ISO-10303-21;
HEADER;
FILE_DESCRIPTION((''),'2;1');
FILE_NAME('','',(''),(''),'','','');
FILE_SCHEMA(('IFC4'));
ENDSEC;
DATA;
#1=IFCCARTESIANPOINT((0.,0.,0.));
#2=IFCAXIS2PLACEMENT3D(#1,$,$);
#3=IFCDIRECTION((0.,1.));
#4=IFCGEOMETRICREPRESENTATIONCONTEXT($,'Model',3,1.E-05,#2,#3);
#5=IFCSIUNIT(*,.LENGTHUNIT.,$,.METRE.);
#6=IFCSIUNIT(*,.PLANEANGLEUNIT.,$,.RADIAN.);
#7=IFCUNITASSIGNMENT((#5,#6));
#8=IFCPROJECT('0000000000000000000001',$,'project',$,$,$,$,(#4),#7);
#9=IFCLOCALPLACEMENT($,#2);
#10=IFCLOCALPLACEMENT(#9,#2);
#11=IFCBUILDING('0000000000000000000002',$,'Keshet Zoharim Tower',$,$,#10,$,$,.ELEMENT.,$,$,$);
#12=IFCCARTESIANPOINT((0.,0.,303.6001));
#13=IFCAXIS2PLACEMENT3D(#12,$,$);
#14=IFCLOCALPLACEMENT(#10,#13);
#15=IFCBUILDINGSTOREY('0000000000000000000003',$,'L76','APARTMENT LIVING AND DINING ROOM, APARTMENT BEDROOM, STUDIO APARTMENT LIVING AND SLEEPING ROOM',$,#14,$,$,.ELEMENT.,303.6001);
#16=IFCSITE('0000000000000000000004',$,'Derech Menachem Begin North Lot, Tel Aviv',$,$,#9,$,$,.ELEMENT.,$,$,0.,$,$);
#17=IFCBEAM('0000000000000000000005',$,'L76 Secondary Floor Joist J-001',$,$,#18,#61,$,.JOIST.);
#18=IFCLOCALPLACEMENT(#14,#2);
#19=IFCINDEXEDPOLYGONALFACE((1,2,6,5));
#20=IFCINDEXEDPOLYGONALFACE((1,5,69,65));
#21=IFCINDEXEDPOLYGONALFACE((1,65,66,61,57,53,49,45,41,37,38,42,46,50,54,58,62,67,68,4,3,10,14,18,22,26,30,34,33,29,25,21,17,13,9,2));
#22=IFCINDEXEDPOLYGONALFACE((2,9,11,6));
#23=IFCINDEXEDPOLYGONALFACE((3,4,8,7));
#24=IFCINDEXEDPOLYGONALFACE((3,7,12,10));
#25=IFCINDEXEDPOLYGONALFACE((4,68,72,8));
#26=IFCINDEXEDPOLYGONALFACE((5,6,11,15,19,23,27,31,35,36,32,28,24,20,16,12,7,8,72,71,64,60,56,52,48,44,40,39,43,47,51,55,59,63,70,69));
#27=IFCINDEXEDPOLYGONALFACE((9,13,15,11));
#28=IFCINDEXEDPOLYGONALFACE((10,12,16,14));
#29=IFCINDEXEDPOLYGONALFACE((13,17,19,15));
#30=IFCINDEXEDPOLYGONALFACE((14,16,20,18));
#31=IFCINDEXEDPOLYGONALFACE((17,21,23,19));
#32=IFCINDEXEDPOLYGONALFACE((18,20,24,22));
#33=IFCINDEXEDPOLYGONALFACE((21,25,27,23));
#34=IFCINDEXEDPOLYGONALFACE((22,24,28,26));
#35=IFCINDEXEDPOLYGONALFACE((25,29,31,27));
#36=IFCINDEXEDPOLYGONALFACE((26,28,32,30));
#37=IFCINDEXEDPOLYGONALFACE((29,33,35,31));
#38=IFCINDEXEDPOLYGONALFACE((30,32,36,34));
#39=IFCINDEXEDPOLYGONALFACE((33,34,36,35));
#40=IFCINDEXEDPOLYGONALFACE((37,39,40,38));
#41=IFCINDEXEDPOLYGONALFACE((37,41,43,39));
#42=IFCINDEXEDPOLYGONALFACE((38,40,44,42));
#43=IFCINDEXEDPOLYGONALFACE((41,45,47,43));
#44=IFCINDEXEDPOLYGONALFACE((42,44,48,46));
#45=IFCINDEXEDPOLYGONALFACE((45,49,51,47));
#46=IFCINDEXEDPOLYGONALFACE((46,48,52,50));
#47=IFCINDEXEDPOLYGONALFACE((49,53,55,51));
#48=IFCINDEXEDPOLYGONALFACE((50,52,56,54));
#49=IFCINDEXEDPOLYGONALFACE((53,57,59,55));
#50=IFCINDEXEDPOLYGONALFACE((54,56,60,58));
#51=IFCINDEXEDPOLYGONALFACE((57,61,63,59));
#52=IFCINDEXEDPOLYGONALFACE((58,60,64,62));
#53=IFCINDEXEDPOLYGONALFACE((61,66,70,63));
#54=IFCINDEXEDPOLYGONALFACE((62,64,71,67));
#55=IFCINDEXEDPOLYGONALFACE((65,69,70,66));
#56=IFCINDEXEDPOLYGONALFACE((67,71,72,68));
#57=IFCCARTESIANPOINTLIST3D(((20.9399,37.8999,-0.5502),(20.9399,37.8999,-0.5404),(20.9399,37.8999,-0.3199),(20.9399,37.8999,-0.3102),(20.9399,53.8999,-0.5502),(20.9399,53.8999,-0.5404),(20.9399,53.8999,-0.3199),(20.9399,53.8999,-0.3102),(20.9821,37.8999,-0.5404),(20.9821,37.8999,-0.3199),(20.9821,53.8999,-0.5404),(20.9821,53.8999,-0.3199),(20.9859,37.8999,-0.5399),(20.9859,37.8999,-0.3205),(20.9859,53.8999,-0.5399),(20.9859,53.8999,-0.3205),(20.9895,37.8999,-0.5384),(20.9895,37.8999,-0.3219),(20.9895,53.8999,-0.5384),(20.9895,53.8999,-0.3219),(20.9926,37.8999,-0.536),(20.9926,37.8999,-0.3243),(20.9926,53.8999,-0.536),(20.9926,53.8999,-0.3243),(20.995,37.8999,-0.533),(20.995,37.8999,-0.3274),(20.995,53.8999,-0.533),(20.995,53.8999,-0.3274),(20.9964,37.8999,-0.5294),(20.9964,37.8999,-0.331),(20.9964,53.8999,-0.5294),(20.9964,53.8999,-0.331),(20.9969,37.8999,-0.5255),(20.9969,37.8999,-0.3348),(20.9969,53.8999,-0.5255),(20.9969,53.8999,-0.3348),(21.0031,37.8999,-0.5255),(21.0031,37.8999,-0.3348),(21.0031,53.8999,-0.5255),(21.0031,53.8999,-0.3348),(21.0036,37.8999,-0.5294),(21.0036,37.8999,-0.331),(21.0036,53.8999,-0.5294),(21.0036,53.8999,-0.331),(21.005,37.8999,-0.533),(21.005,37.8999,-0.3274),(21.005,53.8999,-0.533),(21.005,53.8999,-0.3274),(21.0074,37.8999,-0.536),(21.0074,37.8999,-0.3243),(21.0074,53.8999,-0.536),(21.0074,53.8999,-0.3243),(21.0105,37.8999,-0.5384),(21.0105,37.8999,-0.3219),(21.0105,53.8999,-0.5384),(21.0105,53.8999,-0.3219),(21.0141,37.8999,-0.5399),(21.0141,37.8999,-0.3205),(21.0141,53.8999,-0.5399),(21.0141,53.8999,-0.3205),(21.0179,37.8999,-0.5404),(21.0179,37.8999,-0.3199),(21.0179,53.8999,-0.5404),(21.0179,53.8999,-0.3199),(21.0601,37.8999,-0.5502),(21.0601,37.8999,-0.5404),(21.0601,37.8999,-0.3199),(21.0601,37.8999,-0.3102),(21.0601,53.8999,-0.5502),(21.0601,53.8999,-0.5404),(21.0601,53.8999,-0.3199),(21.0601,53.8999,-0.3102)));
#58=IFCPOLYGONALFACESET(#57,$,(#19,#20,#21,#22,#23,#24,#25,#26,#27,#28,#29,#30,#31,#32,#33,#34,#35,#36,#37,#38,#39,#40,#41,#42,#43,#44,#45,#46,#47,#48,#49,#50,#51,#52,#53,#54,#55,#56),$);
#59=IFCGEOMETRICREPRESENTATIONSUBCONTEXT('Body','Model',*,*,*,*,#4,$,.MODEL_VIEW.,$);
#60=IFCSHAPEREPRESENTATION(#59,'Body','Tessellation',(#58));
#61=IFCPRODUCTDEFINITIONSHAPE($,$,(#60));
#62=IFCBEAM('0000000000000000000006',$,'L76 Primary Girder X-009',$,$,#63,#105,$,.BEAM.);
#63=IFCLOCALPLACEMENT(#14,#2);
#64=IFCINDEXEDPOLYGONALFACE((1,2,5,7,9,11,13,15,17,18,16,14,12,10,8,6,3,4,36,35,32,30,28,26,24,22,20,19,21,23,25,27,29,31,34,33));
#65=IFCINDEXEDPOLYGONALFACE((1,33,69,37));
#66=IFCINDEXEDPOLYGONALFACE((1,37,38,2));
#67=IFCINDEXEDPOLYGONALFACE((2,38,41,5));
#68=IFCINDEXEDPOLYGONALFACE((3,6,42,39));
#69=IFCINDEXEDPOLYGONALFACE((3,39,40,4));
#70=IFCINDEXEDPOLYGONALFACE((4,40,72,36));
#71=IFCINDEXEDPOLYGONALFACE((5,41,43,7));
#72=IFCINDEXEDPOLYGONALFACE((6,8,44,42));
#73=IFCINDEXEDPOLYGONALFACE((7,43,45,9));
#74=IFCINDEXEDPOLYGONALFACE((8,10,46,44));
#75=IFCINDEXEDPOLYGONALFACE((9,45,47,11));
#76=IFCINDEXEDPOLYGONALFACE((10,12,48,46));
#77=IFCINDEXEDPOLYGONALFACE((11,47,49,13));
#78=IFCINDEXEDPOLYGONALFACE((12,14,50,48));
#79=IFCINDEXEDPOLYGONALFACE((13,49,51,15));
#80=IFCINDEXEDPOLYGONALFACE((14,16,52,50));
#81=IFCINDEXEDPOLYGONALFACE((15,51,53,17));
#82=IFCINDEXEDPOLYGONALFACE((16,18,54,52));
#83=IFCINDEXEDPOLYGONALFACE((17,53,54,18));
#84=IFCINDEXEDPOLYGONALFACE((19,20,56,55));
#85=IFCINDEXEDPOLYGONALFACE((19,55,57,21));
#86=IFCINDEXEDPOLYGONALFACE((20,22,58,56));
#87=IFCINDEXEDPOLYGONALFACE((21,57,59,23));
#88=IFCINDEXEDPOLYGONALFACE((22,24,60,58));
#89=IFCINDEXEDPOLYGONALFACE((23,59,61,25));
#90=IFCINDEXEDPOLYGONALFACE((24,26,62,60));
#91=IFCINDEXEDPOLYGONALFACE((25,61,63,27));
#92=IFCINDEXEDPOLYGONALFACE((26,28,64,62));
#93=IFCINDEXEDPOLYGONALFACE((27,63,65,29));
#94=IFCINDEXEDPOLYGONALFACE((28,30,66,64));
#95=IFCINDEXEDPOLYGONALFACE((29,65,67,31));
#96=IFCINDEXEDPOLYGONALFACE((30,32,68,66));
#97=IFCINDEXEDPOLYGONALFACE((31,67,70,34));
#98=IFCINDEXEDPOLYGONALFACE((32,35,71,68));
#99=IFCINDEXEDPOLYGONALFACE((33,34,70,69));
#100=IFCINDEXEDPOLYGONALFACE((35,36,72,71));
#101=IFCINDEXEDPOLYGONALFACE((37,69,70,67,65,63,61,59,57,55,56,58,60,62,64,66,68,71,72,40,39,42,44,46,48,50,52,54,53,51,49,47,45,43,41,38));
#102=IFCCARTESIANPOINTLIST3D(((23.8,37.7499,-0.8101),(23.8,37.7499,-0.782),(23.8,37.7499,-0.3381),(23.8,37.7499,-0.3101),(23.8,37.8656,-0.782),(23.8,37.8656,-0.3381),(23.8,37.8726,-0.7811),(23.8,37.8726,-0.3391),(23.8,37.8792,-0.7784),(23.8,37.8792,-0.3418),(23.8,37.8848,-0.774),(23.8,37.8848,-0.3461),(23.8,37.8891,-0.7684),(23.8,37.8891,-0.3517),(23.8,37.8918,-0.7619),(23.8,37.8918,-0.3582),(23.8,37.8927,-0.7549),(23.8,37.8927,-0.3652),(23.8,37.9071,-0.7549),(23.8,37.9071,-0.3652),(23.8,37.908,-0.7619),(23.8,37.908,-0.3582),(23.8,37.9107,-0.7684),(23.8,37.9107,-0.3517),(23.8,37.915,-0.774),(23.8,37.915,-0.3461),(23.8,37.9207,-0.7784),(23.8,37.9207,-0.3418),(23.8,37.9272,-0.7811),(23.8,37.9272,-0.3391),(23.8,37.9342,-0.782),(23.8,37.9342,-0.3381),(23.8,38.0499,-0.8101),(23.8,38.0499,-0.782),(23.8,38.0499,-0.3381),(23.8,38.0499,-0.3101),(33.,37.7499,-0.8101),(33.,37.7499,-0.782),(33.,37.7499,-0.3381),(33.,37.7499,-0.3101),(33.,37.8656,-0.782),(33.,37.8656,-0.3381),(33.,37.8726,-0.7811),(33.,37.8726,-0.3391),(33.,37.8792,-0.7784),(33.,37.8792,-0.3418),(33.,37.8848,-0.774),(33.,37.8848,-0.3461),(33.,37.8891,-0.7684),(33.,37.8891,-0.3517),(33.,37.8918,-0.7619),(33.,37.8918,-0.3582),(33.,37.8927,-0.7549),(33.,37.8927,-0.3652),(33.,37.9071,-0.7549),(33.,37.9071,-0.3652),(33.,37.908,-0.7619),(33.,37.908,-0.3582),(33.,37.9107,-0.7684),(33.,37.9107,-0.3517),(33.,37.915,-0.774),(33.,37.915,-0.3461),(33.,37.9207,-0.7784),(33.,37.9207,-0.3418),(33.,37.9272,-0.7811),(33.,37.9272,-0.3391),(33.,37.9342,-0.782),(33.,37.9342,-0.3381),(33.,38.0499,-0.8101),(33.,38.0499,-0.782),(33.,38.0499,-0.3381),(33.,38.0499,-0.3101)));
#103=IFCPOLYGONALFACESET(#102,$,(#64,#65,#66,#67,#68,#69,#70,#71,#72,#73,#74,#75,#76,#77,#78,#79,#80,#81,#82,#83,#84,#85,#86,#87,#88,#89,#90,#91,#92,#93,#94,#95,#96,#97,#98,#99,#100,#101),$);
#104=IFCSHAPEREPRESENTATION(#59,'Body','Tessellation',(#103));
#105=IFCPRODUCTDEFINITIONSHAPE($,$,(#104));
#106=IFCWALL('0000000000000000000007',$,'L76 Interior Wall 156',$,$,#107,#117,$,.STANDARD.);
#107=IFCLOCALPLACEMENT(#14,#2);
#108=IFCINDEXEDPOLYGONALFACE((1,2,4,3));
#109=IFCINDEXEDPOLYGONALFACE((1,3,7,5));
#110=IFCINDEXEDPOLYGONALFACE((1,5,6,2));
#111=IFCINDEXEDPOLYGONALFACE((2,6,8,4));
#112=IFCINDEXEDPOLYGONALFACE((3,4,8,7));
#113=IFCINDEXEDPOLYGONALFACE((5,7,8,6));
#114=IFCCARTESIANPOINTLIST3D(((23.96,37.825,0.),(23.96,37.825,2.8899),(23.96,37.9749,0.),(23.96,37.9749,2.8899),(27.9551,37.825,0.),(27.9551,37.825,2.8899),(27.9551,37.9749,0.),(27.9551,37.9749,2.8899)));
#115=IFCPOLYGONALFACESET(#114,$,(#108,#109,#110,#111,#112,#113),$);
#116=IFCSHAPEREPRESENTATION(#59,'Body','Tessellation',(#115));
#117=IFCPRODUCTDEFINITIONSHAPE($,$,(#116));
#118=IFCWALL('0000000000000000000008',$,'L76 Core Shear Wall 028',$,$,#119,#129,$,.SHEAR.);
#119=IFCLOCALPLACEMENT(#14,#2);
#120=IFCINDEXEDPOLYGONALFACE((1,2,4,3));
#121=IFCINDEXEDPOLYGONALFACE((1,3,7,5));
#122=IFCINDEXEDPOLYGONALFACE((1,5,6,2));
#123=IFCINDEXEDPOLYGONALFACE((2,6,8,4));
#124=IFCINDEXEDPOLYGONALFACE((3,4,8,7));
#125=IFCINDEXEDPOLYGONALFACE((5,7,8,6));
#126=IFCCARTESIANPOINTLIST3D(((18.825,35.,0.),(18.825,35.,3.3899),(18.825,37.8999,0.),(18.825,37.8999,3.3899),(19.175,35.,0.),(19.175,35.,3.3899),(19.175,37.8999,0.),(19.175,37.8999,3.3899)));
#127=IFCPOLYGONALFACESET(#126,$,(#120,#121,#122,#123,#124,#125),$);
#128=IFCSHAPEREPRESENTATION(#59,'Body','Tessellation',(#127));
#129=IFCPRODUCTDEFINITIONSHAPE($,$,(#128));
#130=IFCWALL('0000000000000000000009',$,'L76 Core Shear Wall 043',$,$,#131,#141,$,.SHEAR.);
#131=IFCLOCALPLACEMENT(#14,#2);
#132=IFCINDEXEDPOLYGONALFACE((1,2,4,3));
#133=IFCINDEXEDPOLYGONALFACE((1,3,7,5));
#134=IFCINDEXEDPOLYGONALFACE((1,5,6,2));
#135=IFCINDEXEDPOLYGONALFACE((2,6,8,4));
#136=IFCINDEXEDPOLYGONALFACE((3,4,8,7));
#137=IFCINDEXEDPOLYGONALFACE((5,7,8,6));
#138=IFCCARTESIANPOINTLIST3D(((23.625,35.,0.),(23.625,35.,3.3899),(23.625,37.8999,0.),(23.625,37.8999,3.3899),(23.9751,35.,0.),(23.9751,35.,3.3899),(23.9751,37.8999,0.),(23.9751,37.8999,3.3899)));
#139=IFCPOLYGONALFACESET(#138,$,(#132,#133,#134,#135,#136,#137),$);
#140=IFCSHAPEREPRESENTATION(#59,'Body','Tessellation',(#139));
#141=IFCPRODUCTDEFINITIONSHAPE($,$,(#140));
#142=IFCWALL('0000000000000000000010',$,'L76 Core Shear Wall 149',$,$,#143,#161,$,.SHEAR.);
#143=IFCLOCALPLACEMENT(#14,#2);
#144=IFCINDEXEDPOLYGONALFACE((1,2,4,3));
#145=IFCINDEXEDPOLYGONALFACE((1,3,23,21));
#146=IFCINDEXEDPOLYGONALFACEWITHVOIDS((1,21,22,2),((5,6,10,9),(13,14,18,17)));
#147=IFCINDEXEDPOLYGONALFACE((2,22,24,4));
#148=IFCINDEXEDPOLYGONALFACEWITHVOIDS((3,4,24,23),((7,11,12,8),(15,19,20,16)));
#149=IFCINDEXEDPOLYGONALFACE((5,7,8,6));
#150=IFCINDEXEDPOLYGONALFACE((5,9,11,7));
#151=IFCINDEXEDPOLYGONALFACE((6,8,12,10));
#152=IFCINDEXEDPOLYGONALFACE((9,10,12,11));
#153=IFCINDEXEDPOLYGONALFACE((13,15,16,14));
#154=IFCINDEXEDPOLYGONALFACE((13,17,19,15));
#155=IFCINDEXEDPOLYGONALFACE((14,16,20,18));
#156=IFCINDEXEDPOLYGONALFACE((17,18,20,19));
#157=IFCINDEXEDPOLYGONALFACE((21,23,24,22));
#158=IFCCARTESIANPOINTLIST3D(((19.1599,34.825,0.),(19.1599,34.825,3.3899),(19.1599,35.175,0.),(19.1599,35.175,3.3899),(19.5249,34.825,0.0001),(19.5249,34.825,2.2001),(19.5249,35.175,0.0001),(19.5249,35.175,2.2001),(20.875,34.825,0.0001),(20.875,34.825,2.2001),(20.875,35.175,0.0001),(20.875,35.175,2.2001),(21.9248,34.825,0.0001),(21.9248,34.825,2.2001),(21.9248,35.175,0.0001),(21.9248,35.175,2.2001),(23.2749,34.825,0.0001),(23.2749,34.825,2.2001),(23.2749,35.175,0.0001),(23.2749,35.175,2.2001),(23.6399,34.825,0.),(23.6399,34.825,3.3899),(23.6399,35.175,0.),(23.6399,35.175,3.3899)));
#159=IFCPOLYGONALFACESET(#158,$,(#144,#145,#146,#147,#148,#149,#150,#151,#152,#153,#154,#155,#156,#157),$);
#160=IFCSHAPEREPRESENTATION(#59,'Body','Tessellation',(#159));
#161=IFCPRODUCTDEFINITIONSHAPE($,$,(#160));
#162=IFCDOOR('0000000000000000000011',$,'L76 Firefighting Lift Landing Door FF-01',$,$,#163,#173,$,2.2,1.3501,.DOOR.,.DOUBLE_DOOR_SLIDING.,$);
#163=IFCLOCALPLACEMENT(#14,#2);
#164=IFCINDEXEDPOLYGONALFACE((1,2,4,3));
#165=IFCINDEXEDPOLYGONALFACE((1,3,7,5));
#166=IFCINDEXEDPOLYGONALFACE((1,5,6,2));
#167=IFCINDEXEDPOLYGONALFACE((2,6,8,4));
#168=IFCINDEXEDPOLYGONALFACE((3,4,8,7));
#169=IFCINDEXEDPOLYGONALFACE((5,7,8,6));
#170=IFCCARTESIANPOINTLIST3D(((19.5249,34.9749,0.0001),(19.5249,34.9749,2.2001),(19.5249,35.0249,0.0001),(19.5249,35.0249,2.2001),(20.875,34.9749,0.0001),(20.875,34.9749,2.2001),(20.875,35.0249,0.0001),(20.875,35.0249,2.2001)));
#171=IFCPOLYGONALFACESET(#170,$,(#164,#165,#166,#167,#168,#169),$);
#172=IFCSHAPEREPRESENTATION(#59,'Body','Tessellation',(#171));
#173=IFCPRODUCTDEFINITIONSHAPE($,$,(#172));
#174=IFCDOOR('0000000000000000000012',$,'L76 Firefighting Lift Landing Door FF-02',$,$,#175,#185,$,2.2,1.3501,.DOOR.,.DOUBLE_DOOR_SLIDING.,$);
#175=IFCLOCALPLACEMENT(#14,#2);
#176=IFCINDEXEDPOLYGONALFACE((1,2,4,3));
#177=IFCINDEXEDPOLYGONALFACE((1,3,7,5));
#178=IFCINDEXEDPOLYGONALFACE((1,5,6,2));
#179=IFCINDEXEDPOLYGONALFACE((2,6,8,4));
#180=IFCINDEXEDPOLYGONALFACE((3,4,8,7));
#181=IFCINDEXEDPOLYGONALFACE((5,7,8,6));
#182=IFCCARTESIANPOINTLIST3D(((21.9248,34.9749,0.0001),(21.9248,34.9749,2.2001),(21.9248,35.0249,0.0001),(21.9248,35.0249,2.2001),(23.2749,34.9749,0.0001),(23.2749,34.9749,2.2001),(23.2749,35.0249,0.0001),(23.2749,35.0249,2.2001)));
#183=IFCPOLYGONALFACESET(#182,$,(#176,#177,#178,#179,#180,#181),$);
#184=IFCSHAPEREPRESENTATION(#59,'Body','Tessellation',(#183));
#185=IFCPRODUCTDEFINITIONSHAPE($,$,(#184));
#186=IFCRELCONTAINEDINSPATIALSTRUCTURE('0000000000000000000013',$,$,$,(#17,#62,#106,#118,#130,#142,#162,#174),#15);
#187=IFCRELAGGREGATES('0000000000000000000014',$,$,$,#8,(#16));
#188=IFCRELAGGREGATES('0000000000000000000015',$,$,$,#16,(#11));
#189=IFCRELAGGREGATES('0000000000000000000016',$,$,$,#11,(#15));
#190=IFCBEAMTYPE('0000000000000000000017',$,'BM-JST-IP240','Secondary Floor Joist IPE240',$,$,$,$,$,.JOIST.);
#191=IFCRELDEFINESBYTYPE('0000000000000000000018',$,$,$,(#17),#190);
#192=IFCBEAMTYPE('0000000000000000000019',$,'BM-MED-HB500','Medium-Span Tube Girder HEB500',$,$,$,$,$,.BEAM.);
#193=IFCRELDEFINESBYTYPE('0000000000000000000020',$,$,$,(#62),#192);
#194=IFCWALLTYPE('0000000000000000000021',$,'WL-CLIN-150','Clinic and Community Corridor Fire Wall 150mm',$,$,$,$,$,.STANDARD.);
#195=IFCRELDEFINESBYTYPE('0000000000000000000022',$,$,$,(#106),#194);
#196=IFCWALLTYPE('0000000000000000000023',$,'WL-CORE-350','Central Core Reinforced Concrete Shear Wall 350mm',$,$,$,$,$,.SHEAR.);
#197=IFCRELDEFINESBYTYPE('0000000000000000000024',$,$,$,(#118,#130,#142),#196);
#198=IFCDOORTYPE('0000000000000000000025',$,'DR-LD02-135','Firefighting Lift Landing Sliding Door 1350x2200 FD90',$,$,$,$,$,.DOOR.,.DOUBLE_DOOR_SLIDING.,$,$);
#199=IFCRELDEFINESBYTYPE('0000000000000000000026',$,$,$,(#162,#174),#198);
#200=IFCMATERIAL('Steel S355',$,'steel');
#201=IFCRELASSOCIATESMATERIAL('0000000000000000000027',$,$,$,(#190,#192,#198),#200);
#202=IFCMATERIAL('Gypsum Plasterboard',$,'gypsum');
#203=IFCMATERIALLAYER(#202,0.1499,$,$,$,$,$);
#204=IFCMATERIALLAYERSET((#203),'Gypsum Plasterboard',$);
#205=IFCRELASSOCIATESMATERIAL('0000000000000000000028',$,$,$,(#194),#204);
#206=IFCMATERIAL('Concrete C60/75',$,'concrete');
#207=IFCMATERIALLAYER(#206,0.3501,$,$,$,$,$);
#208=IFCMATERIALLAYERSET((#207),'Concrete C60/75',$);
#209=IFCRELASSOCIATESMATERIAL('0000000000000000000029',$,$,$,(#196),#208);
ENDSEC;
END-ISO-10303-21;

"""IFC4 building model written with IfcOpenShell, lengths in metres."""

from ifc_helpers import new_model, si_unit, direction, frame, frame_2d, origin, origin_2d, place, context, subcontext, project, spatial, rectangle, i_section, extrude, material, layer, layer_set, material_profile, profile_set, type_object, element, fill, save


model = new_model("IFC4")

# Units and contexts
model_context = context("Model", 3, precision=1e-05, world=origin(), true_north=direction((0.0, 1.0)))
body_context = subcontext(model_context, "Body", "Model", "MODEL_VIEW")
ifc_project = project(units=[si_unit("LENGTHUNIT", "METRE"), si_unit("PLANEANGLEUNIT", "RADIAN")], contexts=[model_context])

# Site, building, storey
site_placement = place(None, origin())
site = spatial("IfcSite", under=ifc_project, at=site_placement, Name="Derech Menachem Begin North Lot, Tel Aviv", CompositionType="ELEMENT", RefElevation=0.0)
building_placement = place(site_placement, origin())
building = spatial("IfcBuilding", under=site, at=building_placement, Name="Keshet Zoharim Tower", CompositionType="ELEMENT")
storey_placement = place(building_placement, frame((0.0, 0.0, 303.6001)))
storey = spatial("IfcBuildingStorey", under=building, at=storey_placement, Name="L76", Description="APARTMENT LIVING AND DINING ROOM, APARTMENT BEDROOM, STUDIO APARTMENT LIVING AND SLEEPING ROOM", CompositionType="ELEMENT", Elevation=303.6001)

# Beams
ifc_material_1 = material(Name="Steel S355", Category="steel")
ifc_material_profile_1 = material_profile(ifc_material_1, i_section(OverallWidth=0.1201, OverallDepth=0.24, WebThickness=0.0061, FlangeThickness=0.0098, FilletRadius=0.0149, at=origin_2d()), Name="IPE240")
ifc_profile_set_1 = profile_set([ifc_material_profile_1], Name="Steel S355")
beam_type_1 = type_object("IfcBeamType", Name="BM-JST-IP240", Description="Secondary Floor Joist IPE240", PredefinedType="JOIST", material=ifc_profile_set_1)
beam_1_placement = place(storey_placement, frame((21.0, 37.8999, -0.4302), z_axis=(0.0, 1.0, 0.0), x_axis=(-1.0, 0.0, 0.0)))
element("IfcBeam", 1, at=beam_1_placement, inside=storey, type_object=beam_type_1, Name="L76 Secondary Floor Joist J-001", PredefinedType="JOIST", context=body_context, shape_type="SweptSolid", body=[
    extrude(i_section(OverallWidth=0.1201, OverallDepth=0.24, WebThickness=0.0061, FlangeThickness=0.0098, FilletRadius=0.0149, at=origin_2d()), origin(), (0.0, 0.0, 1.0), 16.0),
])
ifc_material_profile_2 = material_profile(ifc_material_1, i_section(OverallWidth=0.3, OverallDepth=0.5, WebThickness=0.0144, FlangeThickness=0.0281, FilletRadius=0.0271, at=origin_2d()), Name="HEB500")
ifc_profile_set_2 = profile_set([ifc_material_profile_2], Name="Steel S355")
beam_type_2 = type_object("IfcBeamType", Name="BM-MED-HB500", Description="Medium-Span Tube Girder HEB500", PredefinedType="BEAM", material=ifc_profile_set_2)
beam_2_placement = place(storey_placement, frame((23.8, 37.8999, -0.5601), z_axis=(1.0, 0.0, 0.0), x_axis=(0.0, 1.0, 0.0)))
element("IfcBeam", 2, at=beam_2_placement, inside=storey, type_object=beam_type_2, Name="L76 Primary Girder X-009", PredefinedType="BEAM", context=body_context, shape_type="SweptSolid", body=[
    extrude(i_section(OverallWidth=0.3, OverallDepth=0.5, WebThickness=0.0144, FlangeThickness=0.0281, FilletRadius=0.0271, at=origin_2d()), origin(), (0.0, 0.0, 1.0), 9.2),
])

# Walls
ifc_material_2 = material(Name="Gypsum Plasterboard", Category="gypsum")
ifc_layer_1 = layer(ifc_material_2, 0.1499)
ifc_layer_set_1 = layer_set([ifc_layer_1], Name="Gypsum Plasterboard")
wall_type_1 = type_object("IfcWallType", Name="WL-CLIN-150", Description="Clinic and Community Corridor Fire Wall 150mm", PredefinedType="STANDARD", material=ifc_layer_set_1)
wall_1_placement = place(storey_placement, frame((23.96, 37.8999, 0.0), z_axis=(0.0, 0.0, 1.0), x_axis=(1.0, 0.0, 0.0)))
element("IfcWall", 3, at=wall_1_placement, inside=storey, type_object=wall_type_1, Name="L76 Interior Wall 156", PredefinedType="STANDARD", context=body_context, shape_type="SweptSolid", body=[
    extrude(rectangle(XDim=3.9951, YDim=0.1499, at=frame_2d((1.9976, 0.0))), origin(), (0.0, 0.0, 1.0), 2.8899),
])
ifc_material_3 = material(Name="Concrete C60/75", Category="concrete")
ifc_layer_2 = layer(ifc_material_3, 0.3501)
ifc_layer_set_2 = layer_set([ifc_layer_2], Name="Concrete C60/75")
wall_type_2 = type_object("IfcWallType", Name="WL-CORE-350", Description="Central Core Reinforced Concrete Shear Wall 350mm", PredefinedType="SHEAR", material=ifc_layer_set_2)
for number, where, z_axis, x_axis, name in (
    (4, (19.0, 35.0, 0.0), (0.0, 0.0, 1.0), (0.0, 1.0, 0.0), "L76 Core Shear Wall 028"),
    (5, (23.8, 35.0, 0.0), (0.0, 0.0, 1.0), (0.0, 1.0, 0.0), "L76 Core Shear Wall 043"),
):
    element("IfcWall", number, at=place(storey_placement, frame(where, z_axis=z_axis, x_axis=x_axis)), inside=storey, type_object=wall_type_2, Name=name, PredefinedType="SHEAR", context=body_context, shape_type="SweptSolid", body=[
        extrude(rectangle(XDim=2.8999, YDim=0.3501, at=frame_2d((1.45, 0.0))), origin(), (0.0, 0.0, 1.0), 3.3899),
    ])

# Wall, openings, doors
wall_2_placement = place(storey_placement, frame((19.1599, 35.0, 0.0), z_axis=(0.0, 0.0, 1.0), x_axis=(1.0, 0.0, 0.0)))
wall_2 = element("IfcWall", 6, at=wall_2_placement, inside=storey, type_object=wall_type_2, Name="L76 Core Shear Wall 149", PredefinedType="SHEAR", context=body_context, shape_type="SweptSolid", body=[
    extrude(rectangle(XDim=4.48, YDim=0.3501, at=frame_2d((2.24, 0.0))), origin(), (0.0, 0.0, 1.0), 3.3899),
])
opening_1_placement = place(wall_2_placement, frame((0.365, 0.0, 0.0)))
opening_1 = element("IfcOpeningElement", 7, at=opening_1_placement, cuts=wall_2, PredefinedType="OPENING", context=body_context, shape_type="SweptSolid", body=[
    extrude(rectangle(XDim=1.3501, YDim=2.2, at=frame_2d((0.675, 1.1001))), frame((0.0, 0.1851, 0.0), z_axis=(0.0, -1.0, 0.0), x_axis=(1.0, 0.0, 0.0)), (0.0, 0.0, 1.0), 0.3701),
])
opening_2_placement = place(wall_2_placement, frame((2.7649, 0.0, 0.0)))
opening_2 = element("IfcOpeningElement", 8, at=opening_2_placement, cuts=wall_2, PredefinedType="OPENING", context=body_context, shape_type="SweptSolid", body=[
    extrude(rectangle(XDim=1.3501, YDim=2.2, at=frame_2d((0.675, 1.1001))), frame((0.0, 0.1851, 0.0), z_axis=(0.0, -1.0, 0.0), x_axis=(1.0, 0.0, 0.0)), (0.0, 0.0, 1.0), 0.3701),
])
door_type_1 = type_object("IfcDoorType", Name="DR-LD02-135", Description="Firefighting Lift Landing Sliding Door 1350x2200 FD90", OperationType="DOUBLE_DOOR_SLIDING", PredefinedType="DOOR", material=ifc_material_1)
door_1_placement = place(opening_1_placement, origin())
door_1 = element("IfcDoor", 9, at=door_1_placement, inside=storey, type_object=door_type_1, Name="L76 Firefighting Lift Landing Door FF-01", OperationType="DOUBLE_DOOR_SLIDING", OverallHeight=2.2, OverallWidth=1.3501, PredefinedType="DOOR", context=body_context, shape_type="SweptSolid", body=[
    extrude(rectangle(XDim=1.3501, YDim=2.2, at=frame_2d((0.675, 1.1001))), frame((0.0, 0.0249, 0.0), z_axis=(0.0, -1.0, 0.0), x_axis=(1.0, 0.0, 0.0)), (0.0, 0.0, 1.0), 0.05),
])
fill(opening_1, door_1)
door_2_placement = place(opening_2_placement, origin())
door_2 = element("IfcDoor", 10, at=door_2_placement, inside=storey, type_object=door_type_1, Name="L76 Firefighting Lift Landing Door FF-02", OperationType="DOUBLE_DOOR_SLIDING", OverallHeight=2.2, OverallWidth=1.3501, PredefinedType="DOOR", context=body_context, shape_type="SweptSolid", body=[
    extrude(rectangle(XDim=1.3501, YDim=2.2, at=frame_2d((0.675, 1.1001))), frame((0.0, 0.0249, 0.0), z_axis=(0.0, -1.0, 0.0), x_axis=(1.0, 0.0, 0.0)), (0.0, 0.0, 1.0), 0.05),
])
fill(opening_2, door_2)

save(model, "model.ifc")
